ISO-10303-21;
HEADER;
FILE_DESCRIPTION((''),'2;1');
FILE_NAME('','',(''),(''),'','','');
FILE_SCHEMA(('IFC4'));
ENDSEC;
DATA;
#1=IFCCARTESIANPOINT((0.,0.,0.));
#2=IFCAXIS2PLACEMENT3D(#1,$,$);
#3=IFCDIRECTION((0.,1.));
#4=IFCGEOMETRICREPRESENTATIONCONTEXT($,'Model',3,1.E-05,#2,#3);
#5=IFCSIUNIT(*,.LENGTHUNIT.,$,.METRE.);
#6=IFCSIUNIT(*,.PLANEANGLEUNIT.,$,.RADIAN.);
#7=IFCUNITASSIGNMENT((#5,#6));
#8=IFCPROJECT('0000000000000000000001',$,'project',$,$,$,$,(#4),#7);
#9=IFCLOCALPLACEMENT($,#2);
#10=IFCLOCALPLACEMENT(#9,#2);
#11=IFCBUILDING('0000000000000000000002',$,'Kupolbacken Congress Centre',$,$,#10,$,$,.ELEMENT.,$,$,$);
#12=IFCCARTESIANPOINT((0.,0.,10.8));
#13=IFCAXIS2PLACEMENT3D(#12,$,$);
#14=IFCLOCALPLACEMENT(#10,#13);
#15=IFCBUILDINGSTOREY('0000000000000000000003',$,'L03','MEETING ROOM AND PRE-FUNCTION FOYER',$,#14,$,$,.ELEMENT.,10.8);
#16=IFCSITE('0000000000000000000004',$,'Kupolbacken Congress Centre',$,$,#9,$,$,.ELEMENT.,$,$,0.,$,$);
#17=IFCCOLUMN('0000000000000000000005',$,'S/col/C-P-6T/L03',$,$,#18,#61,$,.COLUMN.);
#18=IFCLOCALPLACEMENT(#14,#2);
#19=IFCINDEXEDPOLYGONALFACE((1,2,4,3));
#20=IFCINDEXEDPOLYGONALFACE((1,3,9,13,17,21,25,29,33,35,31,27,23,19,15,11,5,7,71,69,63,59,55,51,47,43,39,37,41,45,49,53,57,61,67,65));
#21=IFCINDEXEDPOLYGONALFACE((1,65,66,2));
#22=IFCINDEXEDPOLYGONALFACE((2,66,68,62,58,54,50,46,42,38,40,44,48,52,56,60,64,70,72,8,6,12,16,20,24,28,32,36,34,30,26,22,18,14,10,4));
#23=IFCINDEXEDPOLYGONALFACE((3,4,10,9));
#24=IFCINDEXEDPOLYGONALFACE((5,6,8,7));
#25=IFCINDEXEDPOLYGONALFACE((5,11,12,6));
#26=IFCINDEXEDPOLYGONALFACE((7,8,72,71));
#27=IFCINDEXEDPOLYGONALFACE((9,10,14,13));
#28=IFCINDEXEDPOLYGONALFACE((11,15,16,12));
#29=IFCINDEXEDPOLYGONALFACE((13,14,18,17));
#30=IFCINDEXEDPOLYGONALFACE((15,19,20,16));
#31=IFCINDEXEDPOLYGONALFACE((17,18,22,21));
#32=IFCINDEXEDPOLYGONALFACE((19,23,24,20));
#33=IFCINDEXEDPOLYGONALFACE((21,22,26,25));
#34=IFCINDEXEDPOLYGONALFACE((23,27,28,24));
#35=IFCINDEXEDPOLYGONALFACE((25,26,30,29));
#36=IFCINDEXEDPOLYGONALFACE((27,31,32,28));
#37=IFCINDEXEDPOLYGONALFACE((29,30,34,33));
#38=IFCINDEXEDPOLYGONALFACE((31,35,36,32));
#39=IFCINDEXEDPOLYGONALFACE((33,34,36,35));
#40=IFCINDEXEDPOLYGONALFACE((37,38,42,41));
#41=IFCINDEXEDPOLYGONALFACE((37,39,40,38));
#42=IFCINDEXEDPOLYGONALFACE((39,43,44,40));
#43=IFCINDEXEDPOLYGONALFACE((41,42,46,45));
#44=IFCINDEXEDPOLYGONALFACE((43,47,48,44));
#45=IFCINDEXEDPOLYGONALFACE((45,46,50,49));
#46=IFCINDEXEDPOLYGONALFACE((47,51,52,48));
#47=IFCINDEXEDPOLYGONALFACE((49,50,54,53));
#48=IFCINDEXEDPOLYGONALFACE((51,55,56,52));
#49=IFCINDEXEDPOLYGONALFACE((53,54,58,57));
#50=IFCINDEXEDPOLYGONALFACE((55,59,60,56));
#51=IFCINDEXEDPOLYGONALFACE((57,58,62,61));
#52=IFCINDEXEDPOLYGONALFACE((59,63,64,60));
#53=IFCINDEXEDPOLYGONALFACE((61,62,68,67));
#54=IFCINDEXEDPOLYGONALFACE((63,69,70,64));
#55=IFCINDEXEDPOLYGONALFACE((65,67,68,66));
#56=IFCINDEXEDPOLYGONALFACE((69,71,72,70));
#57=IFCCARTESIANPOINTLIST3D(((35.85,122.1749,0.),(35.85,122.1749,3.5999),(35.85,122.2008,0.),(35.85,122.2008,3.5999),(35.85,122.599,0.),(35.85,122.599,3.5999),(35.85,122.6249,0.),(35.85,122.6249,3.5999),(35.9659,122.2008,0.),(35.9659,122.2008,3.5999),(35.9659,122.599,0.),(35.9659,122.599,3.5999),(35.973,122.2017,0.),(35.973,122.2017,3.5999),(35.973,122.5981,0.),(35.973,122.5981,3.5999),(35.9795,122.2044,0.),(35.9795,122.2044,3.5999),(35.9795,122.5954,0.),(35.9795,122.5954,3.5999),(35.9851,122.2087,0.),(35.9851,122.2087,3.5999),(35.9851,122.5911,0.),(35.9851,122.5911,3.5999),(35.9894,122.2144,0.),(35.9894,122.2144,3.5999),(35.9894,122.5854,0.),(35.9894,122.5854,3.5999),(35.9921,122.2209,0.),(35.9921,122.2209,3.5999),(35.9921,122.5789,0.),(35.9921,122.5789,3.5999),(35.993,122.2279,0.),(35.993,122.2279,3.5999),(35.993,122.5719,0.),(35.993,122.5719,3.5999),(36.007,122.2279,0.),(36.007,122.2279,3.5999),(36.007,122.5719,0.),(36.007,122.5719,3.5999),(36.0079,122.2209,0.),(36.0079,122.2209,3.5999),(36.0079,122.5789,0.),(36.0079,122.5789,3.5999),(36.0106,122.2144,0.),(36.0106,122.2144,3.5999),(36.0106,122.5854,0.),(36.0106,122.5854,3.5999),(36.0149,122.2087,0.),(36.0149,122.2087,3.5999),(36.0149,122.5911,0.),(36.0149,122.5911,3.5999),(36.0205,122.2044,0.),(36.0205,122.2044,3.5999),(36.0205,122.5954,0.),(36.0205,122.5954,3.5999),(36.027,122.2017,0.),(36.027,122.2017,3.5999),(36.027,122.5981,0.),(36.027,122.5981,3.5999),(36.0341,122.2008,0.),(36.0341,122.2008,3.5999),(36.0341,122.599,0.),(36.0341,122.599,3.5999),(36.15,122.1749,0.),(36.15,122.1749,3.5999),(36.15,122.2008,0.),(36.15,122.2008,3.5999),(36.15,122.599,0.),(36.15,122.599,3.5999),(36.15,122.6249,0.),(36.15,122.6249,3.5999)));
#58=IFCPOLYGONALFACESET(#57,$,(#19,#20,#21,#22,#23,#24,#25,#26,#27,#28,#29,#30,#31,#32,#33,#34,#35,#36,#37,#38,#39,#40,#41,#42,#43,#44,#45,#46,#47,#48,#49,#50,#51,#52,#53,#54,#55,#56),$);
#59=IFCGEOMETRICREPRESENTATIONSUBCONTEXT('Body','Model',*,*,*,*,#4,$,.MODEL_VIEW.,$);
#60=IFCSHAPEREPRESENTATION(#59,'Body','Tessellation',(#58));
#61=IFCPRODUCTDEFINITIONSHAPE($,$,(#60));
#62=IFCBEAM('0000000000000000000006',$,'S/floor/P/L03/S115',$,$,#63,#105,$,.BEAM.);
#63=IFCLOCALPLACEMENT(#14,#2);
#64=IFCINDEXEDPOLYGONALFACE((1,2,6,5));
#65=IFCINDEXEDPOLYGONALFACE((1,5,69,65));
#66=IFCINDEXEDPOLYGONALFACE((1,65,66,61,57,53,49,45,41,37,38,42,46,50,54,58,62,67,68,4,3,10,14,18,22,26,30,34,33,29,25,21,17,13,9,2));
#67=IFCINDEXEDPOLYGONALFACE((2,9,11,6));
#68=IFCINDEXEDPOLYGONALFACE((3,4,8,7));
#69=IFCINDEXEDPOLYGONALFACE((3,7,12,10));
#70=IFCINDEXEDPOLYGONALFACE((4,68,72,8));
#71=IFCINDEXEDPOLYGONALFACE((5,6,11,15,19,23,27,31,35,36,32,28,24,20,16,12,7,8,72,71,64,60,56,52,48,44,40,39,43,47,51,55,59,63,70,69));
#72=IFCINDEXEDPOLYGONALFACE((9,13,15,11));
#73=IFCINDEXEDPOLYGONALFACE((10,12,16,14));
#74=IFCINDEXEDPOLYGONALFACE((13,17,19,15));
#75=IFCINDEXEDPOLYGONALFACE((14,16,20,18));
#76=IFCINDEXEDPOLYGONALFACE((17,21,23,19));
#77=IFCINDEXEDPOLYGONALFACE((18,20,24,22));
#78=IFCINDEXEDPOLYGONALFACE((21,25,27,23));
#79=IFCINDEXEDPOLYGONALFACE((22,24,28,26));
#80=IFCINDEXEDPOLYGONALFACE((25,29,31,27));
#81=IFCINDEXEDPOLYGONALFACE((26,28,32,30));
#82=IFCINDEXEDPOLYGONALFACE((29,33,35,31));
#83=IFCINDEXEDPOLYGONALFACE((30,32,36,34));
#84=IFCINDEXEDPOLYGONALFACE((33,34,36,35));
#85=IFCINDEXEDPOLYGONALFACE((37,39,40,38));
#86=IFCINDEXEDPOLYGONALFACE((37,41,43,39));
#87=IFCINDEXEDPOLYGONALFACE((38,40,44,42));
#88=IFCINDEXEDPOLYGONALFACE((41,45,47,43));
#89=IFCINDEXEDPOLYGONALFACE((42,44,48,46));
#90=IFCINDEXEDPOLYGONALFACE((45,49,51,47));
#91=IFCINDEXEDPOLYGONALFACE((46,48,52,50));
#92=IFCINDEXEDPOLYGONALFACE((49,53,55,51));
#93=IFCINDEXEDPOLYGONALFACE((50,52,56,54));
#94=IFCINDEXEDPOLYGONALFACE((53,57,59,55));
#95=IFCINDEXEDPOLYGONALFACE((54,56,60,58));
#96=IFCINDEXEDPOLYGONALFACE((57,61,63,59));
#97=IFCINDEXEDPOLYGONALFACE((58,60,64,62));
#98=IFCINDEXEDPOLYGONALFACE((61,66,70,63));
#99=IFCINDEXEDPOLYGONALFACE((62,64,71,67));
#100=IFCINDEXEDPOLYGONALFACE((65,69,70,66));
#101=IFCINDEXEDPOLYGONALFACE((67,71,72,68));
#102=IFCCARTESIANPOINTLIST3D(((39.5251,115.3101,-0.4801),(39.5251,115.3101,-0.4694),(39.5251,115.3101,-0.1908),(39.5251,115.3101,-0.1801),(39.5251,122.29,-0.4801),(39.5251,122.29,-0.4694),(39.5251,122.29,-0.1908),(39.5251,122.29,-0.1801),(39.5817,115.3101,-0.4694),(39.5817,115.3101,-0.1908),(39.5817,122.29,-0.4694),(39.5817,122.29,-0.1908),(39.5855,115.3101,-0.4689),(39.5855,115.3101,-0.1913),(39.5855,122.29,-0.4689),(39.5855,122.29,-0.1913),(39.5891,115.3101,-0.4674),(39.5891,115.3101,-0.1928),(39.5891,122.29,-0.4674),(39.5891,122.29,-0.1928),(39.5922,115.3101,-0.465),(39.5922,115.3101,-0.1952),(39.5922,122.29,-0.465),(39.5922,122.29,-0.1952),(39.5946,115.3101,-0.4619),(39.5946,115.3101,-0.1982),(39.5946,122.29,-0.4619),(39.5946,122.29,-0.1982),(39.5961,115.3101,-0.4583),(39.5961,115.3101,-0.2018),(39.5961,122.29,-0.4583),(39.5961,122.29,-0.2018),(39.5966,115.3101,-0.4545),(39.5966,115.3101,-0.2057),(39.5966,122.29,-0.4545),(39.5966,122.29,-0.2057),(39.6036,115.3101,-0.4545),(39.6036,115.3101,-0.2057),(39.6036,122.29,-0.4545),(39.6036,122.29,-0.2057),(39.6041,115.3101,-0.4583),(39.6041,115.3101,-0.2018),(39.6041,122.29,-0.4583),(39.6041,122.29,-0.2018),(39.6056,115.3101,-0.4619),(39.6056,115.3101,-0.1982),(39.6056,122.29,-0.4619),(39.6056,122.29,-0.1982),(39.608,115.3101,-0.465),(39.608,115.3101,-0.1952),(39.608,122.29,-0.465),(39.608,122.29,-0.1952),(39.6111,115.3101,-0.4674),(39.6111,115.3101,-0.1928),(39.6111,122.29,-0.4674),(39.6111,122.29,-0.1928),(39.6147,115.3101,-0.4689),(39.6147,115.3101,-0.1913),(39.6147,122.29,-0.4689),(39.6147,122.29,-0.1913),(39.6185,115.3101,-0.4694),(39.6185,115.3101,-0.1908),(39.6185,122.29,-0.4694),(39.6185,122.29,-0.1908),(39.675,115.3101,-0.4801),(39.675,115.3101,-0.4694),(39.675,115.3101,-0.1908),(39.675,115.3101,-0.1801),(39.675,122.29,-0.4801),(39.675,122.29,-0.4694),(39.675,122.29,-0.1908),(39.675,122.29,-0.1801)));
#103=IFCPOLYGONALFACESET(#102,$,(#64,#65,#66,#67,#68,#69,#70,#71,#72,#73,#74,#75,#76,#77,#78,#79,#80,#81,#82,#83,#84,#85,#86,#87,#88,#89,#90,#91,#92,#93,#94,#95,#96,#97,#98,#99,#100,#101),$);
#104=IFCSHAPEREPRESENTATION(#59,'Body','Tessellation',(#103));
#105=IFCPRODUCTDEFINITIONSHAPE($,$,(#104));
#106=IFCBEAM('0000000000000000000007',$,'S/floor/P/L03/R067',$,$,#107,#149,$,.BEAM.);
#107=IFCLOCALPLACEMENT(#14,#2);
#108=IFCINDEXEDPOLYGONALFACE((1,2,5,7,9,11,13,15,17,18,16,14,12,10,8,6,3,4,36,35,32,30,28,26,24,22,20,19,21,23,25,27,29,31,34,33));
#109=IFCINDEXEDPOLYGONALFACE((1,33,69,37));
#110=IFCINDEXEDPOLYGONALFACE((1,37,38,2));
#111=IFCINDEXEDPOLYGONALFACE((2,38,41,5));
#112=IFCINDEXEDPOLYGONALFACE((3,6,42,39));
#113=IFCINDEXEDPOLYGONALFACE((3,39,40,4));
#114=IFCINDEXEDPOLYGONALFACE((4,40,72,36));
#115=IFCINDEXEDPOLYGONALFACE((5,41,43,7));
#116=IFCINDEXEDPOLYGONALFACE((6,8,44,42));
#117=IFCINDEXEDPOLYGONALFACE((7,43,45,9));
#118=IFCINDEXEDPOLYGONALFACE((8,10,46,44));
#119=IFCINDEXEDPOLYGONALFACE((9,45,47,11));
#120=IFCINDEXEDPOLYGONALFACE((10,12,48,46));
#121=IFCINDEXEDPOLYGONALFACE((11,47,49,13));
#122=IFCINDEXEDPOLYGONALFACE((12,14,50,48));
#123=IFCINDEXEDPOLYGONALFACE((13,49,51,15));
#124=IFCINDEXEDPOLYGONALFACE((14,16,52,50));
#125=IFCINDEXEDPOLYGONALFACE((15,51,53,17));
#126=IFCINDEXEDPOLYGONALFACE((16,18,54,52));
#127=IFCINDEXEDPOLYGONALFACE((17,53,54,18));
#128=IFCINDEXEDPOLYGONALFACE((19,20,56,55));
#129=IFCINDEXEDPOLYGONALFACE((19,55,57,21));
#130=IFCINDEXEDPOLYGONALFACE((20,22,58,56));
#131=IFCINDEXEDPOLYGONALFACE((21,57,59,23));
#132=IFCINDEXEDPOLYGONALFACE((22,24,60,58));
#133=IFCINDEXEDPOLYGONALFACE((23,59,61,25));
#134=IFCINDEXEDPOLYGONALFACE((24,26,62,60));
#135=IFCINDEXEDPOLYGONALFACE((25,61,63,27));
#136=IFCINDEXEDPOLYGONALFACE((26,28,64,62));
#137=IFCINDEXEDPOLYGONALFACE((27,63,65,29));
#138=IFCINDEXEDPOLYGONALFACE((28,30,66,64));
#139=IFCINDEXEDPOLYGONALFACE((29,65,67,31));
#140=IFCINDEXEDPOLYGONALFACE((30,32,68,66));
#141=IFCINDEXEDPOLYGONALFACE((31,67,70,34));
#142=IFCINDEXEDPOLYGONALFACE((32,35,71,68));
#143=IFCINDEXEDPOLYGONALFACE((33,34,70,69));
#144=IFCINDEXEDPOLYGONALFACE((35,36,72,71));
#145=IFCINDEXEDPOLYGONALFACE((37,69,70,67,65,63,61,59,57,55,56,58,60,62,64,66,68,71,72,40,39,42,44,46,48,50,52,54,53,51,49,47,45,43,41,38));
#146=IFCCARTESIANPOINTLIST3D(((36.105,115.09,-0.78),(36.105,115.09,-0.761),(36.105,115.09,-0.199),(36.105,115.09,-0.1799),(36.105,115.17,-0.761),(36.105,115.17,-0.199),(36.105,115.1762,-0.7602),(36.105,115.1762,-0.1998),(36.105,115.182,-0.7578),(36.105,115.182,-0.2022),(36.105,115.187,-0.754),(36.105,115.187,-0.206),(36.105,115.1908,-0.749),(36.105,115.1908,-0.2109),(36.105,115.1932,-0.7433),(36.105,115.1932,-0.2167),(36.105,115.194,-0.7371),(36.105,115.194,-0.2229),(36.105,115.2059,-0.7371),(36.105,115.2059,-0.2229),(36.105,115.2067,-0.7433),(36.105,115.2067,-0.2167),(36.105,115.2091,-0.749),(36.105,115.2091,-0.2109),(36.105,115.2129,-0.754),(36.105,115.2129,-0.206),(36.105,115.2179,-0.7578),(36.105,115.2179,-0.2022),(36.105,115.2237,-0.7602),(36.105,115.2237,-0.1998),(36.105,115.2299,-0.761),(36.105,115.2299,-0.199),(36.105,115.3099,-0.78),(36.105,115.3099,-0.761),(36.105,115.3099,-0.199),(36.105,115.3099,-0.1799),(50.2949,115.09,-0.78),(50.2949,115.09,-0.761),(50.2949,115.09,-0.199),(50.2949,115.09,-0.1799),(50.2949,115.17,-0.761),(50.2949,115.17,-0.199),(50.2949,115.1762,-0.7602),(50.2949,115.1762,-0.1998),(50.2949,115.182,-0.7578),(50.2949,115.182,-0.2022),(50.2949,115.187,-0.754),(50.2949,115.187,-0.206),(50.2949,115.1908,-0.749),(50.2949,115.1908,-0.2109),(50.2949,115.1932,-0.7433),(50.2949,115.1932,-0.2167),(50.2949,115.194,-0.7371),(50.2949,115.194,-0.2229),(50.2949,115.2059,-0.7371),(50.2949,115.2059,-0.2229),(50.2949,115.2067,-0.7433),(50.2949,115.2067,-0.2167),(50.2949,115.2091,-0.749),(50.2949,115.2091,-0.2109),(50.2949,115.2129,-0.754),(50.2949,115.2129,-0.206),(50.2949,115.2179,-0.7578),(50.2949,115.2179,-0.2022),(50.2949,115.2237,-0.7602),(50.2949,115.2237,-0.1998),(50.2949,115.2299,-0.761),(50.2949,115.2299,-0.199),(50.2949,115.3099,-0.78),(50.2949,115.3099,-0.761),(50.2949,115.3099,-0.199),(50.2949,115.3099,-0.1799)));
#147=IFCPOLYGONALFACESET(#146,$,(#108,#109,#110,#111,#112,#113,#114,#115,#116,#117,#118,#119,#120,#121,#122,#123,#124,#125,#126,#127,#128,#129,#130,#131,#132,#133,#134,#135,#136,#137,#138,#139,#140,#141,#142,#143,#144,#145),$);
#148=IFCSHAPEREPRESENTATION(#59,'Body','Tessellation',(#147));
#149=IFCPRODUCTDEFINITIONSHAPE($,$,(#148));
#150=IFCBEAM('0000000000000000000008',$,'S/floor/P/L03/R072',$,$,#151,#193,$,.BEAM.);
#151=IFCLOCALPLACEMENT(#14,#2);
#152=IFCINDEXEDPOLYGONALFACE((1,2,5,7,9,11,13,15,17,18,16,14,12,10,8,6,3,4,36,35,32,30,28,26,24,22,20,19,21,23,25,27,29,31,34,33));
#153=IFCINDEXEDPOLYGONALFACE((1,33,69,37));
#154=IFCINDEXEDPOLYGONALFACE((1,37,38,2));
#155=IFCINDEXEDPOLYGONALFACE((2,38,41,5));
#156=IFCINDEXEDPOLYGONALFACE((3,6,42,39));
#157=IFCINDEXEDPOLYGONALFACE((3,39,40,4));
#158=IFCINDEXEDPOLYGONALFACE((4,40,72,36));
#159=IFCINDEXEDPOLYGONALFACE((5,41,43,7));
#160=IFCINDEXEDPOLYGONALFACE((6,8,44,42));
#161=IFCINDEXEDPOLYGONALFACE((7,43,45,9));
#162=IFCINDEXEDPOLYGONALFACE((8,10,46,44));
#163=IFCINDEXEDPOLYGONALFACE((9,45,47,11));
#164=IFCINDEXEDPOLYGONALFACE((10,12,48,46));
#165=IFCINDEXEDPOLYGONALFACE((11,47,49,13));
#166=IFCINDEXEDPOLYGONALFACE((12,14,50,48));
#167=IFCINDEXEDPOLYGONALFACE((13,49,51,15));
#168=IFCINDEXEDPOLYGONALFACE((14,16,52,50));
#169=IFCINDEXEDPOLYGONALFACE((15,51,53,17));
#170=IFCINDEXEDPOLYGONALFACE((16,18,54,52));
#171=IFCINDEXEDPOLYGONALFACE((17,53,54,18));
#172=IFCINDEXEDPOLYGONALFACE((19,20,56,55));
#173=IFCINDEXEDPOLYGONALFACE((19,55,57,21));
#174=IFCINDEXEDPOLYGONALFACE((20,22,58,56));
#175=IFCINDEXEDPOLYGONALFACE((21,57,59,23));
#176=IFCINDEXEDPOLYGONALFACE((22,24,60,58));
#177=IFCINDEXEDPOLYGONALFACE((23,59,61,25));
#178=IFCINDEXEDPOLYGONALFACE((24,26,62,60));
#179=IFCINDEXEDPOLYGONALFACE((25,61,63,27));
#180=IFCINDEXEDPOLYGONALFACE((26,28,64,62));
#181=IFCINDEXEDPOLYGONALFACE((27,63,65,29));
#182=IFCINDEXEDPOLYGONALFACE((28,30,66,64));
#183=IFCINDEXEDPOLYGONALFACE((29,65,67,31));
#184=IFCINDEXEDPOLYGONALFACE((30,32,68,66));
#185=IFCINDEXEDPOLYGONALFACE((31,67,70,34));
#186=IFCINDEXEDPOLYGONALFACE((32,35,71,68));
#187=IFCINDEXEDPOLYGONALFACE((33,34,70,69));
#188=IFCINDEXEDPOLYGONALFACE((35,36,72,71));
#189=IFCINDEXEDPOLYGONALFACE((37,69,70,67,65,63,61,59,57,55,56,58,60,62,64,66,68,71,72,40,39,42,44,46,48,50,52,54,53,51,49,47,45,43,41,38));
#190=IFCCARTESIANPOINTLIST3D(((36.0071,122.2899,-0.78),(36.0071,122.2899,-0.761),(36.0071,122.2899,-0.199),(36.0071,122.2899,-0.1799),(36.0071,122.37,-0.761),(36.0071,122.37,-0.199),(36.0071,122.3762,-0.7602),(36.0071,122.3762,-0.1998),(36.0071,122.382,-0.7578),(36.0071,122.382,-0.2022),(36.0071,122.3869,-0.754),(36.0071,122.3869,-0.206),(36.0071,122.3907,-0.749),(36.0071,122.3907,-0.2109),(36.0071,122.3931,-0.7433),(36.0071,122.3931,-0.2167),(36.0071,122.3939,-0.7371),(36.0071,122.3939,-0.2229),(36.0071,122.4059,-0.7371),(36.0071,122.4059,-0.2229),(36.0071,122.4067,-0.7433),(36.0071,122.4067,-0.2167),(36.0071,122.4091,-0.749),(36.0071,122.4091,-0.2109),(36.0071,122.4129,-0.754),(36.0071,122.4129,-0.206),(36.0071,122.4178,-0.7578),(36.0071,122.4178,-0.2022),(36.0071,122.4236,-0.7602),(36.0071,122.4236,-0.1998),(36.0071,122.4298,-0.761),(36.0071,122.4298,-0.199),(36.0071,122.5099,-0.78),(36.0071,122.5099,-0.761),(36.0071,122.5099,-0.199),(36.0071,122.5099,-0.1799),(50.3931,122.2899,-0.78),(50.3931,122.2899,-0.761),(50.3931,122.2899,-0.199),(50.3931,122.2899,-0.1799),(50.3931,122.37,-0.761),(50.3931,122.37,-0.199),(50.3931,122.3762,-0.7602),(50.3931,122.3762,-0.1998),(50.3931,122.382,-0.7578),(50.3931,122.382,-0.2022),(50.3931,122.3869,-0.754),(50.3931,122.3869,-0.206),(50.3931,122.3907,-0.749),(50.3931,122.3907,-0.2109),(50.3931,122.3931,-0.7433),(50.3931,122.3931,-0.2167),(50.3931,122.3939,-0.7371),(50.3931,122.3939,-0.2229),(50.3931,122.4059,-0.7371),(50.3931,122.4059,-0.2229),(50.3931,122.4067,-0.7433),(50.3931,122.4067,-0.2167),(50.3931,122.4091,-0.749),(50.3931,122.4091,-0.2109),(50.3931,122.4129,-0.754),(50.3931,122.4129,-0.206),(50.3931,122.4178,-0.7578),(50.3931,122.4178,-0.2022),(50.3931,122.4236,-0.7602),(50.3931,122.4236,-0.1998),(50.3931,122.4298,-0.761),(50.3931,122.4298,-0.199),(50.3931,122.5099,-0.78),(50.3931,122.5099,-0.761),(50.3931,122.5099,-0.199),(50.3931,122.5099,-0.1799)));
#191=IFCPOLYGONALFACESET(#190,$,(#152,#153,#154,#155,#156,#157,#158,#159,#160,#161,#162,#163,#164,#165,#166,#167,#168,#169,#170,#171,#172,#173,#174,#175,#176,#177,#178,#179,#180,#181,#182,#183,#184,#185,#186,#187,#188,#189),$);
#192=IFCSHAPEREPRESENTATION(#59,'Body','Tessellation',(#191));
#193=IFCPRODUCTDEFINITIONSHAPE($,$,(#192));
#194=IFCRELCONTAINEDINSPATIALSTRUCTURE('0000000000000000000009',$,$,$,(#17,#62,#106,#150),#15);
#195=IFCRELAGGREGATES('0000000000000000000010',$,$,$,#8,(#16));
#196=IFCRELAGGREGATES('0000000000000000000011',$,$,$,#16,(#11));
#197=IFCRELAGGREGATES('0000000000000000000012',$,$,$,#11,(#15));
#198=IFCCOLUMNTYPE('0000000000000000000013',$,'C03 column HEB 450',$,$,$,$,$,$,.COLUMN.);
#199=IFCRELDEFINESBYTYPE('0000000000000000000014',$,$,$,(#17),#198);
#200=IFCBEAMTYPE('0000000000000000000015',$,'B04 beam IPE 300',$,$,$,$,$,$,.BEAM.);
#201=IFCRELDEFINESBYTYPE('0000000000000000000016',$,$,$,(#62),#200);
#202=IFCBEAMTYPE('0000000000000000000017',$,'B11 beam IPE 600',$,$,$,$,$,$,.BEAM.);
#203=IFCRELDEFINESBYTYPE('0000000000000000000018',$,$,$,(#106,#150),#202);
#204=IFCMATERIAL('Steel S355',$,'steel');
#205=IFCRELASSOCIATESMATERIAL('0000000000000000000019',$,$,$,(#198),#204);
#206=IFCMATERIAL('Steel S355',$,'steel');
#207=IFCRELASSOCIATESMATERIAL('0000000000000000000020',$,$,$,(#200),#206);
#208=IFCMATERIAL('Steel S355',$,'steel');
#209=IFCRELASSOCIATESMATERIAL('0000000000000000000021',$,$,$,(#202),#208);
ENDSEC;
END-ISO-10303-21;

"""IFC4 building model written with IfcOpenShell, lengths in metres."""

from ifc_helpers import new_model, si_unit, direction, frame, origin, origin_2d, place, context, subcontext, project, spatial, i_section, extrude, material, material_profile, profile_set, type_object, element, save


model = new_model("IFC4")

# Units and contexts
model_context = context("Model", 3, precision=1e-05, world=origin(), true_north=direction((0.0, 1.0)))
body_context = subcontext(model_context, "Body", "Model", "MODEL_VIEW")
ifc_project = project(units=[si_unit("LENGTHUNIT", "METRE"), si_unit("PLANEANGLEUNIT", "RADIAN")], contexts=[model_context])

# Site, building, storey
site_placement = place(None, origin())
site = spatial("IfcSite", under=ifc_project, at=site_placement, Name="Kupolbacken Congress Centre", CompositionType="ELEMENT", RefElevation=0.0)
building_placement = place(site_placement, origin())
building = spatial("IfcBuilding", under=site, at=building_placement, Name="Kupolbacken Congress Centre", CompositionType="ELEMENT")
storey_placement = place(building_placement, frame((0.0, 0.0, 10.8)))
storey = spatial("IfcBuildingStorey", under=building, at=storey_placement, Name="L03", Description="MEETING ROOM AND PRE-FUNCTION FOYER", CompositionType="ELEMENT", Elevation=10.8)

# Column
ifc_material_1 = material(Name="Steel S355", Category="steel")
ifc_material_profile_1 = material_profile(ifc_material_1, i_section(OverallWidth=0.3, OverallDepth=0.45, WebThickness=0.0139, FlangeThickness=0.0259, FilletRadius=0.0271, at=origin_2d()), Name="HEB 450")
ifc_profile_set_1 = profile_set([ifc_material_profile_1], Name="Steel S355")
column_type = type_object("IfcColumnType", Name="C03 column HEB 450", PredefinedType="COLUMN", material=ifc_profile_set_1)
column_placement = place(storey_placement, frame((36.0, 122.3999, 0.0), z_axis=(0.0, 0.0, 1.0), x_axis=(1.0, 0.0, 0.0)))
element("IfcColumn", 1, at=column_placement, inside=storey, type_object=column_type, Name="S/col/C-P-6T/L03", PredefinedType="COLUMN", context=body_context, shape_type="SweptSolid", body=[
    extrude(i_section(OverallWidth=0.3, OverallDepth=0.45, WebThickness=0.0139, FlangeThickness=0.0259, FilletRadius=0.0271, at=origin_2d()), origin(), (0.0, 0.0, 1.0), 3.5999),
])

# Beams
ifc_material_2 = material(Name="Steel S355", Category="steel")
ifc_material_profile_2 = material_profile(ifc_material_2, i_section(OverallWidth=0.1499, OverallDepth=0.3, WebThickness=0.0071, FlangeThickness=0.0107, FilletRadius=0.0149, at=origin_2d()), Name="IPE 300")
ifc_profile_set_2 = profile_set([ifc_material_profile_2], Name="Steel S355")
beam_type_1 = type_object("IfcBeamType", Name="B04 beam IPE 300", PredefinedType="BEAM", material=ifc_profile_set_2)
beam_1_placement = place(storey_placement, frame((39.6001, 115.3101, -0.3301), z_axis=(0.0, 1.0, 0.0), x_axis=(-1.0, 0.0, 0.0)))
element("IfcBeam", 2, at=beam_1_placement, inside=storey, type_object=beam_type_1, Name="S/floor/P/L03/S115", PredefinedType="BEAM", context=body_context, shape_type="SweptSolid", body=[
    extrude(i_section(OverallWidth=0.1499, OverallDepth=0.3, WebThickness=0.0071, FlangeThickness=0.0107, FilletRadius=0.0149, at=origin_2d()), origin(), (0.0, 0.0, 1.0), 6.98),
])
ifc_material_3 = material(Name="Steel S355", Category="steel")
ifc_material_profile_3 = material_profile(ifc_material_3, i_section(OverallWidth=0.22, OverallDepth=0.6001, WebThickness=0.012, FlangeThickness=0.019, FilletRadius=0.0239, at=origin_2d()), Name="IPE 600")
ifc_profile_set_3 = profile_set([ifc_material_profile_3], Name="Steel S355")
beam_type_2 = type_object("IfcBeamType", Name="B11 beam IPE 600", PredefinedType="BEAM", material=ifc_profile_set_3)
beam_2_placement = place(storey_placement, frame((36.105, 115.2, -0.48), z_axis=(1.0, 0.0, 0.0), x_axis=(0.0, 1.0, 0.0)))
element("IfcBeam", 3, at=beam_2_placement, inside=storey, type_object=beam_type_2, Name="S/floor/P/L03/R067", PredefinedType="BEAM", context=body_context, shape_type="SweptSolid", body=[
    extrude(i_section(OverallWidth=0.22, OverallDepth=0.6001, WebThickness=0.012, FlangeThickness=0.019, FilletRadius=0.0239, at=origin_2d()), origin(), (0.0, 0.0, 1.0), 14.1899),
])
beam_3_placement = place(storey_placement, frame((36.0071, 122.3999, -0.48), z_axis=(1.0, 0.0, 0.0), x_axis=(0.0, 1.0, 0.0)))
element("IfcBeam", 4, at=beam_3_placement, inside=storey, type_object=beam_type_2, Name="S/floor/P/L03/R072", PredefinedType="BEAM", context=body_context, shape_type="SweptSolid", body=[
    extrude(i_section(OverallWidth=0.22, OverallDepth=0.6001, WebThickness=0.012, FlangeThickness=0.019, FilletRadius=0.0239, at=origin_2d()), origin(), (0.0, 0.0, 1.0), 14.386),
])

save(model, "model.ifc")
